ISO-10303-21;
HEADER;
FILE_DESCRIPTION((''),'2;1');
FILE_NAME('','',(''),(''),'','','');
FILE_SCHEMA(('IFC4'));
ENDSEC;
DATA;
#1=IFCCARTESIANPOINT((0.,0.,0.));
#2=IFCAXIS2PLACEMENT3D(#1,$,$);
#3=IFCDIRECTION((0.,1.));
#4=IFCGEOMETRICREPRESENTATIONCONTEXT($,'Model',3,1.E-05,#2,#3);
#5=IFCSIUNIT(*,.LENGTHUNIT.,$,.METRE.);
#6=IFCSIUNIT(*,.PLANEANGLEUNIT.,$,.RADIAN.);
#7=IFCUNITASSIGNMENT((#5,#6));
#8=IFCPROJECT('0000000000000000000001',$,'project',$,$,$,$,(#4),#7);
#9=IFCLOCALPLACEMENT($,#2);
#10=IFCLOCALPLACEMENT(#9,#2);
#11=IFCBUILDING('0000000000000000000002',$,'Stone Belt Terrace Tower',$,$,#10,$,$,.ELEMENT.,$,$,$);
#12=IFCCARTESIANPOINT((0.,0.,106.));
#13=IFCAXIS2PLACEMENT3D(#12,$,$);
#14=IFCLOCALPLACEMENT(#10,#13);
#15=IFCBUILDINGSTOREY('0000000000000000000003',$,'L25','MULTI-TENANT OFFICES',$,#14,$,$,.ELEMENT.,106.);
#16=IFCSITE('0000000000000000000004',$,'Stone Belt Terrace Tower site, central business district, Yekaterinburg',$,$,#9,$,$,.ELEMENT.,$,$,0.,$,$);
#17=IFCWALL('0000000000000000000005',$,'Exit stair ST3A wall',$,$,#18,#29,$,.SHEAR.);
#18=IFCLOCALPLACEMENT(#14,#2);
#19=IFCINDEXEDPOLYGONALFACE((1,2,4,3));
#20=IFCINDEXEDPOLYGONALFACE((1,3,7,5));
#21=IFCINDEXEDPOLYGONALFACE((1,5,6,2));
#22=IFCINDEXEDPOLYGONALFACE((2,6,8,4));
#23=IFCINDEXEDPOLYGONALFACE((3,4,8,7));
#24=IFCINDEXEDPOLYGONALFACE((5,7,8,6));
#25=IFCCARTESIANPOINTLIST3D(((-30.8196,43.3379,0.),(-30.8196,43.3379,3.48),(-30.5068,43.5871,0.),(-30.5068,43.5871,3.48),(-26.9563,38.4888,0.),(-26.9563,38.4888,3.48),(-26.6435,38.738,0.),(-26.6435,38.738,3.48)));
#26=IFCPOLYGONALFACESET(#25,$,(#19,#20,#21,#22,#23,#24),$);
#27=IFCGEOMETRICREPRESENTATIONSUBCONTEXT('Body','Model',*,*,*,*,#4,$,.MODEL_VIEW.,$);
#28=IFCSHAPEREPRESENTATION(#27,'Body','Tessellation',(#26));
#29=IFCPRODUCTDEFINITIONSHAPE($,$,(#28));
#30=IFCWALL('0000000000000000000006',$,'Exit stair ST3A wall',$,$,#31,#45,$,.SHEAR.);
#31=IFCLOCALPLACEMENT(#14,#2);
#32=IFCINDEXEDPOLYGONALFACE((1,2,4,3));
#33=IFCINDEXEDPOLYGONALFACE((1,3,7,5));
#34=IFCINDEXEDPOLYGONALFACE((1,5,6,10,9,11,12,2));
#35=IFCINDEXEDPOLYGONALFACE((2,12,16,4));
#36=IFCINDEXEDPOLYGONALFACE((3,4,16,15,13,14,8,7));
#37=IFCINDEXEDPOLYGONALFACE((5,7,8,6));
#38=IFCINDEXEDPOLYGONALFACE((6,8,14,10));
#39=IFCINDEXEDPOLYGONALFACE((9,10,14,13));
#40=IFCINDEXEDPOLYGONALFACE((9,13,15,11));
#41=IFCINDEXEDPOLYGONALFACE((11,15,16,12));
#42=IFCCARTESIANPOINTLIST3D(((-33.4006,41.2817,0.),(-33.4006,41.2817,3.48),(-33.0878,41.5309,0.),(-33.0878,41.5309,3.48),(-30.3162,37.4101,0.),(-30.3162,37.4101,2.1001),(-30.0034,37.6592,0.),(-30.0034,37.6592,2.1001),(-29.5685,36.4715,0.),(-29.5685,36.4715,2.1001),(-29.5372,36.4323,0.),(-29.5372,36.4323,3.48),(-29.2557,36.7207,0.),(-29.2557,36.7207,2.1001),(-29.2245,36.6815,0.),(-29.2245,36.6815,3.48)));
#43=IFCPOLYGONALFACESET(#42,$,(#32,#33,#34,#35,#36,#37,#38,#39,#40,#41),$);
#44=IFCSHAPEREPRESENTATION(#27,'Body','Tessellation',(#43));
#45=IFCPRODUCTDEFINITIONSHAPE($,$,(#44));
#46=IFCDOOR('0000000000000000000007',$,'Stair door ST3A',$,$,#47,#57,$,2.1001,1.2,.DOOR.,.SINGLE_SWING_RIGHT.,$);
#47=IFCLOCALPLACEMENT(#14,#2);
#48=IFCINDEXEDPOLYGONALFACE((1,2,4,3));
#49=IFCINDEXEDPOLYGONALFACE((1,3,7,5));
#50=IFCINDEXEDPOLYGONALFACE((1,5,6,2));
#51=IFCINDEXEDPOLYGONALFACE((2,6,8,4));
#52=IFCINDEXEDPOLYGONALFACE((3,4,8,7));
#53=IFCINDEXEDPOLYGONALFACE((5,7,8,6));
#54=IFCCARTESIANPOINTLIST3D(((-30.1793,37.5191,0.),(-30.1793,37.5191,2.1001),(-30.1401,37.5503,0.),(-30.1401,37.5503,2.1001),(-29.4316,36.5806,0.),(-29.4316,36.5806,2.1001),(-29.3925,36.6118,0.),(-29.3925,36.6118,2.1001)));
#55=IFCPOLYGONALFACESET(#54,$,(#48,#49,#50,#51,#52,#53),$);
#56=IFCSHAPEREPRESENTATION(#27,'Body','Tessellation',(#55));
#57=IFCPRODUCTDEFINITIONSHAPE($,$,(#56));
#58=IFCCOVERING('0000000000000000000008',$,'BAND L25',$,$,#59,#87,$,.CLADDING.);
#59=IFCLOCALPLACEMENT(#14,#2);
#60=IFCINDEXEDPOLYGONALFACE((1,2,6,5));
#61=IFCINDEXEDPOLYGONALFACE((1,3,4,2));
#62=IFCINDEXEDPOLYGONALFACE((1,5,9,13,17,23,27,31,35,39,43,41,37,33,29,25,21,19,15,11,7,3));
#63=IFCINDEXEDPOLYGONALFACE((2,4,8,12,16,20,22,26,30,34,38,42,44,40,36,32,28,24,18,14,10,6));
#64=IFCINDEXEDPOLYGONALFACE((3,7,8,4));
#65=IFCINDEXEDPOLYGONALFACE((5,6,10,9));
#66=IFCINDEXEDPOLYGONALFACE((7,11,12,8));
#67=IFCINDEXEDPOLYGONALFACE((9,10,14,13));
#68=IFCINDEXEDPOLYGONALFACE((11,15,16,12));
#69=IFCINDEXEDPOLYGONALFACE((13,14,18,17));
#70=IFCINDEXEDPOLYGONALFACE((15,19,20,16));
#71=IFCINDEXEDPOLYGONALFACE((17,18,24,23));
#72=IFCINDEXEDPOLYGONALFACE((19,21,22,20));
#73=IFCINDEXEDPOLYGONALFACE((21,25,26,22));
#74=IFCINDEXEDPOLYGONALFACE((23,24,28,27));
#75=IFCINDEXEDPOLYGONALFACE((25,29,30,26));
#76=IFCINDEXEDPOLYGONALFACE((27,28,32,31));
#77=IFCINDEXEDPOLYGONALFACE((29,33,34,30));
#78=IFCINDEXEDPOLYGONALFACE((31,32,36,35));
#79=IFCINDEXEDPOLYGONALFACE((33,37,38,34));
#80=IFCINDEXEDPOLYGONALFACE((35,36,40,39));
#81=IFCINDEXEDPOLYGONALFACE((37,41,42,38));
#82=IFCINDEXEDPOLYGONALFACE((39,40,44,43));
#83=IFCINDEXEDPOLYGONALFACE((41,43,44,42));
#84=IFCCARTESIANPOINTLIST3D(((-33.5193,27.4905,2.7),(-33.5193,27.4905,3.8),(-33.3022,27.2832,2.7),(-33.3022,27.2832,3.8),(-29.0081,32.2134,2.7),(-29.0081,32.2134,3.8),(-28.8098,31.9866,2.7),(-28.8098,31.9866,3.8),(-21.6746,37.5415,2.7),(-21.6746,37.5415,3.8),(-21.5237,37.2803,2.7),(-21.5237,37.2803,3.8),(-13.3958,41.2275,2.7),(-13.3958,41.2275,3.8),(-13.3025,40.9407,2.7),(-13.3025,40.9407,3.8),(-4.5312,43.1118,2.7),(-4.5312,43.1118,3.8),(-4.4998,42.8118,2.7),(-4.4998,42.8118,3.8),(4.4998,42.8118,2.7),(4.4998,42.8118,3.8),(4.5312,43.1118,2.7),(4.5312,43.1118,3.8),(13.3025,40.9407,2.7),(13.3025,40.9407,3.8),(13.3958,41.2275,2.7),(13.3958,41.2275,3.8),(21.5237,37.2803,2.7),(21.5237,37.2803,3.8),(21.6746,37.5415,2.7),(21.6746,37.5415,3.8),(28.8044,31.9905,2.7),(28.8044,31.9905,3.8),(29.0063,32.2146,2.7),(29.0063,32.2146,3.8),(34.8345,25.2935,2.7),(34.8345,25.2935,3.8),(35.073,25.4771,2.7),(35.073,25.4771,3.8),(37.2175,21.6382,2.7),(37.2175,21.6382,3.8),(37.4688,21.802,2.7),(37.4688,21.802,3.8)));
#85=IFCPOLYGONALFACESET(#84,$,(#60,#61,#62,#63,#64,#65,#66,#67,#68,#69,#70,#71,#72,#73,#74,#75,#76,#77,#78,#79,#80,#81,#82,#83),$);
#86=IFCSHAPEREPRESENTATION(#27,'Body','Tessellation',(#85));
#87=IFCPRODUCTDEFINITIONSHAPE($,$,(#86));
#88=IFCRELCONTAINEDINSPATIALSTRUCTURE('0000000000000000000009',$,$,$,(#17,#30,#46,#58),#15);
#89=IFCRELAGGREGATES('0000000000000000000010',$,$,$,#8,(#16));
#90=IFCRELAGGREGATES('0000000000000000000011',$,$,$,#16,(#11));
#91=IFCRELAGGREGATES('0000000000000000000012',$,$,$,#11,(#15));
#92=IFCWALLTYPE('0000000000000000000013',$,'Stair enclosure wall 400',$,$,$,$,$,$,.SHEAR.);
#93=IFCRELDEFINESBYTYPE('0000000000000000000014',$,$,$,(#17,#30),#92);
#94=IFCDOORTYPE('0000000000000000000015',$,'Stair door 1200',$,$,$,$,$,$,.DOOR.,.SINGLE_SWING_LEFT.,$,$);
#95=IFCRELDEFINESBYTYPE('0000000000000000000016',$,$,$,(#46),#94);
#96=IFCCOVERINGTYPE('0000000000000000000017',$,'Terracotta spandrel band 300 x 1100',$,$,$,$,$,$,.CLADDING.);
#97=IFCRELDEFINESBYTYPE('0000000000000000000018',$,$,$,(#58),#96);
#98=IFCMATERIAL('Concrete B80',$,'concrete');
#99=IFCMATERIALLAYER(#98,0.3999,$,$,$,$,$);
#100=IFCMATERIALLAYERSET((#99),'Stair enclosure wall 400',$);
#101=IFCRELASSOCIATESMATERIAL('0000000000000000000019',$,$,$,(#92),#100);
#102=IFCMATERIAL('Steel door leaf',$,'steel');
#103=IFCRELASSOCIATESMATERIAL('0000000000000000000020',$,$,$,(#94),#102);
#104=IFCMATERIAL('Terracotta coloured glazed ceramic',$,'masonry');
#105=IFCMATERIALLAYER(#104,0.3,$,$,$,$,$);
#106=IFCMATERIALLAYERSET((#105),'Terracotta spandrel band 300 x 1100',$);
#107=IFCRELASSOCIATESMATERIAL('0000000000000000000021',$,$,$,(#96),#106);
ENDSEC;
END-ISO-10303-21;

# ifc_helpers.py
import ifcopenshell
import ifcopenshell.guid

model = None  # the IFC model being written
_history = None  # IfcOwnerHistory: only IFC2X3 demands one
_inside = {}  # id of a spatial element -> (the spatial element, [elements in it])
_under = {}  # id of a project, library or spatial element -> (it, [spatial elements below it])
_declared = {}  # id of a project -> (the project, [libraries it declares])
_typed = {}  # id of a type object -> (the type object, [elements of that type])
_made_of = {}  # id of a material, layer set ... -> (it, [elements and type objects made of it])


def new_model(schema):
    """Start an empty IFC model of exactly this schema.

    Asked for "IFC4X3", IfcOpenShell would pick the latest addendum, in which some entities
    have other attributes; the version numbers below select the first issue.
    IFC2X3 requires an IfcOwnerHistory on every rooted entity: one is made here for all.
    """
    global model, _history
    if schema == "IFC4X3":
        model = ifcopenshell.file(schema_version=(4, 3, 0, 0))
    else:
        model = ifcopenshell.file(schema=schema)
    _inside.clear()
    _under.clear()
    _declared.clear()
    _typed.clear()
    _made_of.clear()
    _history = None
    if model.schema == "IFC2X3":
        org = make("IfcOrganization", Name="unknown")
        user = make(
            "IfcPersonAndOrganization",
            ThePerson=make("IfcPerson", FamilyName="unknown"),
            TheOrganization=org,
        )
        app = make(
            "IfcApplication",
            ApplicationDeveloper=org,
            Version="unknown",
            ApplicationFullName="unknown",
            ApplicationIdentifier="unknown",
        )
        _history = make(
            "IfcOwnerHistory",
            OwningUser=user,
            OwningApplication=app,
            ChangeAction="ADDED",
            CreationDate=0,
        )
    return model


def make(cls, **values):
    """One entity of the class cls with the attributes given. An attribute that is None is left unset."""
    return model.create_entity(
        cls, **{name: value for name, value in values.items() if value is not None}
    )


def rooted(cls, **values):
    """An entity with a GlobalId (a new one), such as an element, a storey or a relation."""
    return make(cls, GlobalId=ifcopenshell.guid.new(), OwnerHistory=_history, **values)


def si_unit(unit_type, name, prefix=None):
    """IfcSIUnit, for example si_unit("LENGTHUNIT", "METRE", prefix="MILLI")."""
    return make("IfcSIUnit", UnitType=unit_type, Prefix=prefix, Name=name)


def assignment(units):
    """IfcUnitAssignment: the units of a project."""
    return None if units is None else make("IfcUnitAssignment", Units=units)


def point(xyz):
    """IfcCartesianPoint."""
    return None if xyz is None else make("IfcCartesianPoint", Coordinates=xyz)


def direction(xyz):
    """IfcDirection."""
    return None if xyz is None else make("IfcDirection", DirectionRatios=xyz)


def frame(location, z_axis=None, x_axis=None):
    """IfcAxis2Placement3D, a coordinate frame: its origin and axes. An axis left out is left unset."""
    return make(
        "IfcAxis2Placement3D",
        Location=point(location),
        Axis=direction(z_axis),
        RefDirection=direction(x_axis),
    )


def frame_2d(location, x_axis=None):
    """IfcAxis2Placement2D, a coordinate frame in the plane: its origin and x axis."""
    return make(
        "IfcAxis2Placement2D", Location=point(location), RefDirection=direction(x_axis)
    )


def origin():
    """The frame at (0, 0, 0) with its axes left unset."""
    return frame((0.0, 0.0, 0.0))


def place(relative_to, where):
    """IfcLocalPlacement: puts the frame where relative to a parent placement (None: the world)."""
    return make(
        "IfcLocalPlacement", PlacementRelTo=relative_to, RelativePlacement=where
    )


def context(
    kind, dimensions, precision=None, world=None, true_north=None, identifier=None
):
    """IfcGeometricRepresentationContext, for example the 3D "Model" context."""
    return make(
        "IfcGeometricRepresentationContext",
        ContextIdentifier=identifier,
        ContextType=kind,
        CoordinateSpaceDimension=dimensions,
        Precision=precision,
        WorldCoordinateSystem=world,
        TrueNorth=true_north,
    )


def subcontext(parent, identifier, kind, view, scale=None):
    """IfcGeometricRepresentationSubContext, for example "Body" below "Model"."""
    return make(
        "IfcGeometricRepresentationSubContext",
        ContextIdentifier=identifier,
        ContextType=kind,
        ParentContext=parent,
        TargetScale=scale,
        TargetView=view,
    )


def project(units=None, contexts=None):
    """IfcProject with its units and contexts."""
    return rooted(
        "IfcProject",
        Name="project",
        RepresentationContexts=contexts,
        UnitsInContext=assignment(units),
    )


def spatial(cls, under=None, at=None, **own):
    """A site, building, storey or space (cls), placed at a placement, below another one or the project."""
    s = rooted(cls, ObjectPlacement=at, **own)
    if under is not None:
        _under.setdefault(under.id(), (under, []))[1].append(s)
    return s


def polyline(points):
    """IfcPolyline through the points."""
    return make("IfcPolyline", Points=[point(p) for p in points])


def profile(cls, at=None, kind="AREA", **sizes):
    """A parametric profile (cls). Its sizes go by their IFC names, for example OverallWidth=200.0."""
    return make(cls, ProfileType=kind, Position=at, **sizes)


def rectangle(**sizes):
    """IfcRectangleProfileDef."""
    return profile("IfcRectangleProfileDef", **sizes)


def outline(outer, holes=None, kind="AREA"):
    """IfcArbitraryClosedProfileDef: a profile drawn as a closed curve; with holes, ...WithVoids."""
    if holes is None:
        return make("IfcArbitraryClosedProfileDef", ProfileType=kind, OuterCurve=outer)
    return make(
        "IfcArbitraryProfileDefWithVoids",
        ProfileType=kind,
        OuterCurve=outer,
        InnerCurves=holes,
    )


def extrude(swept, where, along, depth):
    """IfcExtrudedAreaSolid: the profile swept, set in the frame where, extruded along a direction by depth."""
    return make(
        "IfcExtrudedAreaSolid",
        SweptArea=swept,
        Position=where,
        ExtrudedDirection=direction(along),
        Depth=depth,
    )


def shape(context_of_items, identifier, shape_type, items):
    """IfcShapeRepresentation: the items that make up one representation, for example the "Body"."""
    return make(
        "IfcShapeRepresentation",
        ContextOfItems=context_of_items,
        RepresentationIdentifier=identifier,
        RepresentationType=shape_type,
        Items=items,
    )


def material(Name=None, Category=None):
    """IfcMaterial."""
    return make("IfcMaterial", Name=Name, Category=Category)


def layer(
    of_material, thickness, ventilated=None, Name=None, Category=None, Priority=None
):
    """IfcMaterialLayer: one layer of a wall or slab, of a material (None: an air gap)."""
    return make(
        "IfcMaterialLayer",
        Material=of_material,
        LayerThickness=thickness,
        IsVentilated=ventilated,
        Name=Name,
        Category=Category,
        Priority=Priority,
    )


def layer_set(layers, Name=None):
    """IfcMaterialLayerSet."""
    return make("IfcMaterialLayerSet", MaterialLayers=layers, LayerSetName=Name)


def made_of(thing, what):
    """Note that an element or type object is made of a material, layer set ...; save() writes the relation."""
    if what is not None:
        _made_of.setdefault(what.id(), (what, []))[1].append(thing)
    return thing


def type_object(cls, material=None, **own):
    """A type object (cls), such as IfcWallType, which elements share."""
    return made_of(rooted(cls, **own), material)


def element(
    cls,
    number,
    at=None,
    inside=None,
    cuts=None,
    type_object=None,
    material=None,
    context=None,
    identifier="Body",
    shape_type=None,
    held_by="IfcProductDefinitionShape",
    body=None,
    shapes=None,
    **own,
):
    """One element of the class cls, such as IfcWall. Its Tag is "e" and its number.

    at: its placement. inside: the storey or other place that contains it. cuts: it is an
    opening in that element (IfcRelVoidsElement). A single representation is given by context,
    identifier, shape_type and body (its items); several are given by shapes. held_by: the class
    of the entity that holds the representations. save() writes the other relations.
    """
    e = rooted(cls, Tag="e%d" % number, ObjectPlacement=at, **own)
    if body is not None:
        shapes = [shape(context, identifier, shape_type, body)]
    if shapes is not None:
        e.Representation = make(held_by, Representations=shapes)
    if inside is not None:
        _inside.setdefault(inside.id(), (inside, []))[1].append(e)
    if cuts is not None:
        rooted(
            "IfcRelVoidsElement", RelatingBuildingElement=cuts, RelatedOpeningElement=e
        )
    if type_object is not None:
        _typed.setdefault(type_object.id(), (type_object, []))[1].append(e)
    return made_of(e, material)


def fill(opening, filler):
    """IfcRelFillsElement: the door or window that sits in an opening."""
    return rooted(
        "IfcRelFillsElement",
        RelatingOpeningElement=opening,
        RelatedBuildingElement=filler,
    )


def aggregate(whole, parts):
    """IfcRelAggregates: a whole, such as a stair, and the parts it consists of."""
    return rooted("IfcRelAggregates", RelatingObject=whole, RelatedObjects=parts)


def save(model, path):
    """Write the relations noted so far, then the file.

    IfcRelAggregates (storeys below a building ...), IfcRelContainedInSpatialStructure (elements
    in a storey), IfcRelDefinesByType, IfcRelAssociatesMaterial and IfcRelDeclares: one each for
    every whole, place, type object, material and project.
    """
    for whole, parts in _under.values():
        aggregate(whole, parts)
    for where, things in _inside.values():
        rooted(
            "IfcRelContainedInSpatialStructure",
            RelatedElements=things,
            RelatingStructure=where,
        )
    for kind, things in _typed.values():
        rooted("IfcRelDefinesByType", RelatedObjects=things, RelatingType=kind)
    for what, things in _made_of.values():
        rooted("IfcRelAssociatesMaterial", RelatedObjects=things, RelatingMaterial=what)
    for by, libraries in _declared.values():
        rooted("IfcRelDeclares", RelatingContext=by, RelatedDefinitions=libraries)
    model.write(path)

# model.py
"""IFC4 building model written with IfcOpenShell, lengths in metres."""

from ifc_helpers import new_model, si_unit, direction, frame, frame_2d, origin, place, context, subcontext, project, spatial, polyline, rectangle, outline, extrude, material, layer, layer_set, type_object, element, fill, save


model = new_model("IFC4")

# Units and contexts
model_context = context("Model", 3, precision=1e-05, world=origin(), true_north=direction((0.0, 1.0)))
body_context = subcontext(model_context, "Body", "Model", "MODEL_VIEW")
ifc_project = project(units=[si_unit("LENGTHUNIT", "METRE"), si_unit("PLANEANGLEUNIT", "RADIAN")], contexts=[model_context])

# Site, building, storey
site_placement = place(None, origin())
site = spatial("IfcSite", under=ifc_project, at=site_placement, Name="Stone Belt Terrace Tower site, central business district, Yekaterinburg", CompositionType="ELEMENT", RefElevation=0.0)
building_placement = place(site_placement, origin())
building = spatial("IfcBuilding", under=site, at=building_placement, Name="Stone Belt Terrace Tower", CompositionType="ELEMENT")
storey_placement = place(building_placement, frame((0.0, 0.0, 106.0)))
storey = spatial("IfcBuildingStorey", under=building, at=storey_placement, Name="L25", Description="MULTI-TENANT OFFICES", CompositionType="ELEMENT", Elevation=106.0)

# Shared definitions
ifc_material_1 = material(Name="Concrete B80", Category="concrete")

# Wall
ifc_layer_1 = layer(ifc_material_1, 0.3999)
ifc_layer_set_1 = layer_set([ifc_layer_1], Name="Stair enclosure wall 400")
wall_type_1 = type_object("IfcWallType", Name="Stair enclosure wall 400", PredefinedType="SHEAR", material=ifc_layer_set_1)
wall_1_placement = place(storey_placement, frame((-26.7998, 38.6133, 0.0), z_axis=(0.0, 0.0, 1.0), x_axis=(-0.623119, 0.782127, 0.0)))
element("IfcWall", 1, at=wall_1_placement, inside=storey, type_object=wall_type_1, Name="Exit stair ST3A wall", PredefinedType="SHEAR", context=body_context, shape_type="SweptSolid", body=[
    extrude(rectangle(XDim=6.2, YDim=0.3999, at=frame_2d((3.1001, 0.0))), origin(), (0.0, 0.0, 1.0), 3.48),
])

# Wall, opening, door
wall_2_placement = place(storey_placement, frame((-29.3809, 36.5569, 0.0), z_axis=(0.0, 0.0, 1.0), x_axis=(-0.623099, 0.782143, 0.0)))
wall_2 = element("IfcWall", 2, at=wall_2_placement, inside=storey, type_object=wall_type_1, Name="Exit stair ST3A wall", PredefinedType="SHEAR", context=body_context, shape_type="SweptSolid", body=[
    extrude(rectangle(XDim=6.2002, YDim=0.3999, at=frame_2d((3.1001, 0.0))), origin(), (0.0, 0.0, 1.0), 3.48),
])
opening_placement = place(wall_2_placement, frame((0.05, 0.0, 0.0)))
opening = element("IfcOpeningElement", 3, at=opening_placement, cuts=wall_2, PredefinedType="OPENING", context=body_context, shape_type="SweptSolid", body=[
    extrude(rectangle(XDim=1.2, YDim=2.1001, at=frame_2d((0.6001, 1.05))), frame((0.0, 0.21, 0.0), z_axis=(0.0, -1.0, 0.0), x_axis=(1.0, 0.0, 0.0)), (0.0, 0.0, 1.0), 0.4199),
])
ifc_material_2 = material(Name="Steel door leaf", Category="steel")
door_type = type_object("IfcDoorType", Name="Stair door 1200", OperationType="SINGLE_SWING_LEFT", PredefinedType="DOOR", material=ifc_material_2)
door_placement = place(opening_placement, origin())
door = element("IfcDoor", 4, at=door_placement, inside=storey, type_object=door_type, Name="Stair door ST3A", OperationType="SINGLE_SWING_RIGHT", OverallHeight=2.1001, OverallWidth=1.2, PredefinedType="DOOR", context=body_context, shape_type="SweptSolid", body=[
    extrude(rectangle(XDim=1.2, YDim=2.1001, at=frame_2d((0.6001, 1.05))), frame((0.0, 0.0249, 0.0), z_axis=(0.0, -1.0, 0.0), x_axis=(1.0, 0.0, 0.0)), (0.0, 0.0, 1.0), 0.05),
])
fill(opening, door)

# Covering
ifc_material_3 = material(Name="Terracotta coloured glazed ceramic", Category="masonry")
ifc_layer_2 = layer(ifc_material_3, 0.3)
ifc_layer_set_2 = layer_set([ifc_layer_2], Name="Terracotta spandrel band 300 x 1100")
covering_type = type_object("IfcCoveringType", Name="Terracotta spandrel band 300 x 1100", PredefinedType="CLADDING", material=ifc_layer_set_2)
covering_placement = place(storey_placement, frame((0.0, 0.0, 2.7)))
element("IfcCovering", 5, at=covering_placement, inside=storey, type_object=covering_type, Name="BAND L25", PredefinedType="CLADDING", context=body_context, shape_type="SweptSolid", body=[
    extrude(outline(polyline([(-33.5193, 27.4905), (-29.0081, 32.2134), (-21.6746, 37.5415), (-13.3958, 41.2275), (-4.5312, 43.1118), (4.5312, 43.1118), (13.3958, 41.2275), (21.6746, 37.5415), (29.0063, 32.2146), (35.073, 25.4771), (37.4688, 21.802), (37.2175, 21.6382), (34.8345, 25.2935), (28.8044, 31.9905), (21.5237, 37.2803), (13.3025, 40.9407), (4.4998, 42.8118), (-4.4998, 42.8118), (-13.3025, 40.9407), (-21.5237, 37.2803), (-28.8098, 31.9866), (-33.3022, 27.2832), (-33.5193, 27.4905)])), origin(), (0.0, 0.0, 1.0), 1.1001),
])

save(model, "model.ifc")
